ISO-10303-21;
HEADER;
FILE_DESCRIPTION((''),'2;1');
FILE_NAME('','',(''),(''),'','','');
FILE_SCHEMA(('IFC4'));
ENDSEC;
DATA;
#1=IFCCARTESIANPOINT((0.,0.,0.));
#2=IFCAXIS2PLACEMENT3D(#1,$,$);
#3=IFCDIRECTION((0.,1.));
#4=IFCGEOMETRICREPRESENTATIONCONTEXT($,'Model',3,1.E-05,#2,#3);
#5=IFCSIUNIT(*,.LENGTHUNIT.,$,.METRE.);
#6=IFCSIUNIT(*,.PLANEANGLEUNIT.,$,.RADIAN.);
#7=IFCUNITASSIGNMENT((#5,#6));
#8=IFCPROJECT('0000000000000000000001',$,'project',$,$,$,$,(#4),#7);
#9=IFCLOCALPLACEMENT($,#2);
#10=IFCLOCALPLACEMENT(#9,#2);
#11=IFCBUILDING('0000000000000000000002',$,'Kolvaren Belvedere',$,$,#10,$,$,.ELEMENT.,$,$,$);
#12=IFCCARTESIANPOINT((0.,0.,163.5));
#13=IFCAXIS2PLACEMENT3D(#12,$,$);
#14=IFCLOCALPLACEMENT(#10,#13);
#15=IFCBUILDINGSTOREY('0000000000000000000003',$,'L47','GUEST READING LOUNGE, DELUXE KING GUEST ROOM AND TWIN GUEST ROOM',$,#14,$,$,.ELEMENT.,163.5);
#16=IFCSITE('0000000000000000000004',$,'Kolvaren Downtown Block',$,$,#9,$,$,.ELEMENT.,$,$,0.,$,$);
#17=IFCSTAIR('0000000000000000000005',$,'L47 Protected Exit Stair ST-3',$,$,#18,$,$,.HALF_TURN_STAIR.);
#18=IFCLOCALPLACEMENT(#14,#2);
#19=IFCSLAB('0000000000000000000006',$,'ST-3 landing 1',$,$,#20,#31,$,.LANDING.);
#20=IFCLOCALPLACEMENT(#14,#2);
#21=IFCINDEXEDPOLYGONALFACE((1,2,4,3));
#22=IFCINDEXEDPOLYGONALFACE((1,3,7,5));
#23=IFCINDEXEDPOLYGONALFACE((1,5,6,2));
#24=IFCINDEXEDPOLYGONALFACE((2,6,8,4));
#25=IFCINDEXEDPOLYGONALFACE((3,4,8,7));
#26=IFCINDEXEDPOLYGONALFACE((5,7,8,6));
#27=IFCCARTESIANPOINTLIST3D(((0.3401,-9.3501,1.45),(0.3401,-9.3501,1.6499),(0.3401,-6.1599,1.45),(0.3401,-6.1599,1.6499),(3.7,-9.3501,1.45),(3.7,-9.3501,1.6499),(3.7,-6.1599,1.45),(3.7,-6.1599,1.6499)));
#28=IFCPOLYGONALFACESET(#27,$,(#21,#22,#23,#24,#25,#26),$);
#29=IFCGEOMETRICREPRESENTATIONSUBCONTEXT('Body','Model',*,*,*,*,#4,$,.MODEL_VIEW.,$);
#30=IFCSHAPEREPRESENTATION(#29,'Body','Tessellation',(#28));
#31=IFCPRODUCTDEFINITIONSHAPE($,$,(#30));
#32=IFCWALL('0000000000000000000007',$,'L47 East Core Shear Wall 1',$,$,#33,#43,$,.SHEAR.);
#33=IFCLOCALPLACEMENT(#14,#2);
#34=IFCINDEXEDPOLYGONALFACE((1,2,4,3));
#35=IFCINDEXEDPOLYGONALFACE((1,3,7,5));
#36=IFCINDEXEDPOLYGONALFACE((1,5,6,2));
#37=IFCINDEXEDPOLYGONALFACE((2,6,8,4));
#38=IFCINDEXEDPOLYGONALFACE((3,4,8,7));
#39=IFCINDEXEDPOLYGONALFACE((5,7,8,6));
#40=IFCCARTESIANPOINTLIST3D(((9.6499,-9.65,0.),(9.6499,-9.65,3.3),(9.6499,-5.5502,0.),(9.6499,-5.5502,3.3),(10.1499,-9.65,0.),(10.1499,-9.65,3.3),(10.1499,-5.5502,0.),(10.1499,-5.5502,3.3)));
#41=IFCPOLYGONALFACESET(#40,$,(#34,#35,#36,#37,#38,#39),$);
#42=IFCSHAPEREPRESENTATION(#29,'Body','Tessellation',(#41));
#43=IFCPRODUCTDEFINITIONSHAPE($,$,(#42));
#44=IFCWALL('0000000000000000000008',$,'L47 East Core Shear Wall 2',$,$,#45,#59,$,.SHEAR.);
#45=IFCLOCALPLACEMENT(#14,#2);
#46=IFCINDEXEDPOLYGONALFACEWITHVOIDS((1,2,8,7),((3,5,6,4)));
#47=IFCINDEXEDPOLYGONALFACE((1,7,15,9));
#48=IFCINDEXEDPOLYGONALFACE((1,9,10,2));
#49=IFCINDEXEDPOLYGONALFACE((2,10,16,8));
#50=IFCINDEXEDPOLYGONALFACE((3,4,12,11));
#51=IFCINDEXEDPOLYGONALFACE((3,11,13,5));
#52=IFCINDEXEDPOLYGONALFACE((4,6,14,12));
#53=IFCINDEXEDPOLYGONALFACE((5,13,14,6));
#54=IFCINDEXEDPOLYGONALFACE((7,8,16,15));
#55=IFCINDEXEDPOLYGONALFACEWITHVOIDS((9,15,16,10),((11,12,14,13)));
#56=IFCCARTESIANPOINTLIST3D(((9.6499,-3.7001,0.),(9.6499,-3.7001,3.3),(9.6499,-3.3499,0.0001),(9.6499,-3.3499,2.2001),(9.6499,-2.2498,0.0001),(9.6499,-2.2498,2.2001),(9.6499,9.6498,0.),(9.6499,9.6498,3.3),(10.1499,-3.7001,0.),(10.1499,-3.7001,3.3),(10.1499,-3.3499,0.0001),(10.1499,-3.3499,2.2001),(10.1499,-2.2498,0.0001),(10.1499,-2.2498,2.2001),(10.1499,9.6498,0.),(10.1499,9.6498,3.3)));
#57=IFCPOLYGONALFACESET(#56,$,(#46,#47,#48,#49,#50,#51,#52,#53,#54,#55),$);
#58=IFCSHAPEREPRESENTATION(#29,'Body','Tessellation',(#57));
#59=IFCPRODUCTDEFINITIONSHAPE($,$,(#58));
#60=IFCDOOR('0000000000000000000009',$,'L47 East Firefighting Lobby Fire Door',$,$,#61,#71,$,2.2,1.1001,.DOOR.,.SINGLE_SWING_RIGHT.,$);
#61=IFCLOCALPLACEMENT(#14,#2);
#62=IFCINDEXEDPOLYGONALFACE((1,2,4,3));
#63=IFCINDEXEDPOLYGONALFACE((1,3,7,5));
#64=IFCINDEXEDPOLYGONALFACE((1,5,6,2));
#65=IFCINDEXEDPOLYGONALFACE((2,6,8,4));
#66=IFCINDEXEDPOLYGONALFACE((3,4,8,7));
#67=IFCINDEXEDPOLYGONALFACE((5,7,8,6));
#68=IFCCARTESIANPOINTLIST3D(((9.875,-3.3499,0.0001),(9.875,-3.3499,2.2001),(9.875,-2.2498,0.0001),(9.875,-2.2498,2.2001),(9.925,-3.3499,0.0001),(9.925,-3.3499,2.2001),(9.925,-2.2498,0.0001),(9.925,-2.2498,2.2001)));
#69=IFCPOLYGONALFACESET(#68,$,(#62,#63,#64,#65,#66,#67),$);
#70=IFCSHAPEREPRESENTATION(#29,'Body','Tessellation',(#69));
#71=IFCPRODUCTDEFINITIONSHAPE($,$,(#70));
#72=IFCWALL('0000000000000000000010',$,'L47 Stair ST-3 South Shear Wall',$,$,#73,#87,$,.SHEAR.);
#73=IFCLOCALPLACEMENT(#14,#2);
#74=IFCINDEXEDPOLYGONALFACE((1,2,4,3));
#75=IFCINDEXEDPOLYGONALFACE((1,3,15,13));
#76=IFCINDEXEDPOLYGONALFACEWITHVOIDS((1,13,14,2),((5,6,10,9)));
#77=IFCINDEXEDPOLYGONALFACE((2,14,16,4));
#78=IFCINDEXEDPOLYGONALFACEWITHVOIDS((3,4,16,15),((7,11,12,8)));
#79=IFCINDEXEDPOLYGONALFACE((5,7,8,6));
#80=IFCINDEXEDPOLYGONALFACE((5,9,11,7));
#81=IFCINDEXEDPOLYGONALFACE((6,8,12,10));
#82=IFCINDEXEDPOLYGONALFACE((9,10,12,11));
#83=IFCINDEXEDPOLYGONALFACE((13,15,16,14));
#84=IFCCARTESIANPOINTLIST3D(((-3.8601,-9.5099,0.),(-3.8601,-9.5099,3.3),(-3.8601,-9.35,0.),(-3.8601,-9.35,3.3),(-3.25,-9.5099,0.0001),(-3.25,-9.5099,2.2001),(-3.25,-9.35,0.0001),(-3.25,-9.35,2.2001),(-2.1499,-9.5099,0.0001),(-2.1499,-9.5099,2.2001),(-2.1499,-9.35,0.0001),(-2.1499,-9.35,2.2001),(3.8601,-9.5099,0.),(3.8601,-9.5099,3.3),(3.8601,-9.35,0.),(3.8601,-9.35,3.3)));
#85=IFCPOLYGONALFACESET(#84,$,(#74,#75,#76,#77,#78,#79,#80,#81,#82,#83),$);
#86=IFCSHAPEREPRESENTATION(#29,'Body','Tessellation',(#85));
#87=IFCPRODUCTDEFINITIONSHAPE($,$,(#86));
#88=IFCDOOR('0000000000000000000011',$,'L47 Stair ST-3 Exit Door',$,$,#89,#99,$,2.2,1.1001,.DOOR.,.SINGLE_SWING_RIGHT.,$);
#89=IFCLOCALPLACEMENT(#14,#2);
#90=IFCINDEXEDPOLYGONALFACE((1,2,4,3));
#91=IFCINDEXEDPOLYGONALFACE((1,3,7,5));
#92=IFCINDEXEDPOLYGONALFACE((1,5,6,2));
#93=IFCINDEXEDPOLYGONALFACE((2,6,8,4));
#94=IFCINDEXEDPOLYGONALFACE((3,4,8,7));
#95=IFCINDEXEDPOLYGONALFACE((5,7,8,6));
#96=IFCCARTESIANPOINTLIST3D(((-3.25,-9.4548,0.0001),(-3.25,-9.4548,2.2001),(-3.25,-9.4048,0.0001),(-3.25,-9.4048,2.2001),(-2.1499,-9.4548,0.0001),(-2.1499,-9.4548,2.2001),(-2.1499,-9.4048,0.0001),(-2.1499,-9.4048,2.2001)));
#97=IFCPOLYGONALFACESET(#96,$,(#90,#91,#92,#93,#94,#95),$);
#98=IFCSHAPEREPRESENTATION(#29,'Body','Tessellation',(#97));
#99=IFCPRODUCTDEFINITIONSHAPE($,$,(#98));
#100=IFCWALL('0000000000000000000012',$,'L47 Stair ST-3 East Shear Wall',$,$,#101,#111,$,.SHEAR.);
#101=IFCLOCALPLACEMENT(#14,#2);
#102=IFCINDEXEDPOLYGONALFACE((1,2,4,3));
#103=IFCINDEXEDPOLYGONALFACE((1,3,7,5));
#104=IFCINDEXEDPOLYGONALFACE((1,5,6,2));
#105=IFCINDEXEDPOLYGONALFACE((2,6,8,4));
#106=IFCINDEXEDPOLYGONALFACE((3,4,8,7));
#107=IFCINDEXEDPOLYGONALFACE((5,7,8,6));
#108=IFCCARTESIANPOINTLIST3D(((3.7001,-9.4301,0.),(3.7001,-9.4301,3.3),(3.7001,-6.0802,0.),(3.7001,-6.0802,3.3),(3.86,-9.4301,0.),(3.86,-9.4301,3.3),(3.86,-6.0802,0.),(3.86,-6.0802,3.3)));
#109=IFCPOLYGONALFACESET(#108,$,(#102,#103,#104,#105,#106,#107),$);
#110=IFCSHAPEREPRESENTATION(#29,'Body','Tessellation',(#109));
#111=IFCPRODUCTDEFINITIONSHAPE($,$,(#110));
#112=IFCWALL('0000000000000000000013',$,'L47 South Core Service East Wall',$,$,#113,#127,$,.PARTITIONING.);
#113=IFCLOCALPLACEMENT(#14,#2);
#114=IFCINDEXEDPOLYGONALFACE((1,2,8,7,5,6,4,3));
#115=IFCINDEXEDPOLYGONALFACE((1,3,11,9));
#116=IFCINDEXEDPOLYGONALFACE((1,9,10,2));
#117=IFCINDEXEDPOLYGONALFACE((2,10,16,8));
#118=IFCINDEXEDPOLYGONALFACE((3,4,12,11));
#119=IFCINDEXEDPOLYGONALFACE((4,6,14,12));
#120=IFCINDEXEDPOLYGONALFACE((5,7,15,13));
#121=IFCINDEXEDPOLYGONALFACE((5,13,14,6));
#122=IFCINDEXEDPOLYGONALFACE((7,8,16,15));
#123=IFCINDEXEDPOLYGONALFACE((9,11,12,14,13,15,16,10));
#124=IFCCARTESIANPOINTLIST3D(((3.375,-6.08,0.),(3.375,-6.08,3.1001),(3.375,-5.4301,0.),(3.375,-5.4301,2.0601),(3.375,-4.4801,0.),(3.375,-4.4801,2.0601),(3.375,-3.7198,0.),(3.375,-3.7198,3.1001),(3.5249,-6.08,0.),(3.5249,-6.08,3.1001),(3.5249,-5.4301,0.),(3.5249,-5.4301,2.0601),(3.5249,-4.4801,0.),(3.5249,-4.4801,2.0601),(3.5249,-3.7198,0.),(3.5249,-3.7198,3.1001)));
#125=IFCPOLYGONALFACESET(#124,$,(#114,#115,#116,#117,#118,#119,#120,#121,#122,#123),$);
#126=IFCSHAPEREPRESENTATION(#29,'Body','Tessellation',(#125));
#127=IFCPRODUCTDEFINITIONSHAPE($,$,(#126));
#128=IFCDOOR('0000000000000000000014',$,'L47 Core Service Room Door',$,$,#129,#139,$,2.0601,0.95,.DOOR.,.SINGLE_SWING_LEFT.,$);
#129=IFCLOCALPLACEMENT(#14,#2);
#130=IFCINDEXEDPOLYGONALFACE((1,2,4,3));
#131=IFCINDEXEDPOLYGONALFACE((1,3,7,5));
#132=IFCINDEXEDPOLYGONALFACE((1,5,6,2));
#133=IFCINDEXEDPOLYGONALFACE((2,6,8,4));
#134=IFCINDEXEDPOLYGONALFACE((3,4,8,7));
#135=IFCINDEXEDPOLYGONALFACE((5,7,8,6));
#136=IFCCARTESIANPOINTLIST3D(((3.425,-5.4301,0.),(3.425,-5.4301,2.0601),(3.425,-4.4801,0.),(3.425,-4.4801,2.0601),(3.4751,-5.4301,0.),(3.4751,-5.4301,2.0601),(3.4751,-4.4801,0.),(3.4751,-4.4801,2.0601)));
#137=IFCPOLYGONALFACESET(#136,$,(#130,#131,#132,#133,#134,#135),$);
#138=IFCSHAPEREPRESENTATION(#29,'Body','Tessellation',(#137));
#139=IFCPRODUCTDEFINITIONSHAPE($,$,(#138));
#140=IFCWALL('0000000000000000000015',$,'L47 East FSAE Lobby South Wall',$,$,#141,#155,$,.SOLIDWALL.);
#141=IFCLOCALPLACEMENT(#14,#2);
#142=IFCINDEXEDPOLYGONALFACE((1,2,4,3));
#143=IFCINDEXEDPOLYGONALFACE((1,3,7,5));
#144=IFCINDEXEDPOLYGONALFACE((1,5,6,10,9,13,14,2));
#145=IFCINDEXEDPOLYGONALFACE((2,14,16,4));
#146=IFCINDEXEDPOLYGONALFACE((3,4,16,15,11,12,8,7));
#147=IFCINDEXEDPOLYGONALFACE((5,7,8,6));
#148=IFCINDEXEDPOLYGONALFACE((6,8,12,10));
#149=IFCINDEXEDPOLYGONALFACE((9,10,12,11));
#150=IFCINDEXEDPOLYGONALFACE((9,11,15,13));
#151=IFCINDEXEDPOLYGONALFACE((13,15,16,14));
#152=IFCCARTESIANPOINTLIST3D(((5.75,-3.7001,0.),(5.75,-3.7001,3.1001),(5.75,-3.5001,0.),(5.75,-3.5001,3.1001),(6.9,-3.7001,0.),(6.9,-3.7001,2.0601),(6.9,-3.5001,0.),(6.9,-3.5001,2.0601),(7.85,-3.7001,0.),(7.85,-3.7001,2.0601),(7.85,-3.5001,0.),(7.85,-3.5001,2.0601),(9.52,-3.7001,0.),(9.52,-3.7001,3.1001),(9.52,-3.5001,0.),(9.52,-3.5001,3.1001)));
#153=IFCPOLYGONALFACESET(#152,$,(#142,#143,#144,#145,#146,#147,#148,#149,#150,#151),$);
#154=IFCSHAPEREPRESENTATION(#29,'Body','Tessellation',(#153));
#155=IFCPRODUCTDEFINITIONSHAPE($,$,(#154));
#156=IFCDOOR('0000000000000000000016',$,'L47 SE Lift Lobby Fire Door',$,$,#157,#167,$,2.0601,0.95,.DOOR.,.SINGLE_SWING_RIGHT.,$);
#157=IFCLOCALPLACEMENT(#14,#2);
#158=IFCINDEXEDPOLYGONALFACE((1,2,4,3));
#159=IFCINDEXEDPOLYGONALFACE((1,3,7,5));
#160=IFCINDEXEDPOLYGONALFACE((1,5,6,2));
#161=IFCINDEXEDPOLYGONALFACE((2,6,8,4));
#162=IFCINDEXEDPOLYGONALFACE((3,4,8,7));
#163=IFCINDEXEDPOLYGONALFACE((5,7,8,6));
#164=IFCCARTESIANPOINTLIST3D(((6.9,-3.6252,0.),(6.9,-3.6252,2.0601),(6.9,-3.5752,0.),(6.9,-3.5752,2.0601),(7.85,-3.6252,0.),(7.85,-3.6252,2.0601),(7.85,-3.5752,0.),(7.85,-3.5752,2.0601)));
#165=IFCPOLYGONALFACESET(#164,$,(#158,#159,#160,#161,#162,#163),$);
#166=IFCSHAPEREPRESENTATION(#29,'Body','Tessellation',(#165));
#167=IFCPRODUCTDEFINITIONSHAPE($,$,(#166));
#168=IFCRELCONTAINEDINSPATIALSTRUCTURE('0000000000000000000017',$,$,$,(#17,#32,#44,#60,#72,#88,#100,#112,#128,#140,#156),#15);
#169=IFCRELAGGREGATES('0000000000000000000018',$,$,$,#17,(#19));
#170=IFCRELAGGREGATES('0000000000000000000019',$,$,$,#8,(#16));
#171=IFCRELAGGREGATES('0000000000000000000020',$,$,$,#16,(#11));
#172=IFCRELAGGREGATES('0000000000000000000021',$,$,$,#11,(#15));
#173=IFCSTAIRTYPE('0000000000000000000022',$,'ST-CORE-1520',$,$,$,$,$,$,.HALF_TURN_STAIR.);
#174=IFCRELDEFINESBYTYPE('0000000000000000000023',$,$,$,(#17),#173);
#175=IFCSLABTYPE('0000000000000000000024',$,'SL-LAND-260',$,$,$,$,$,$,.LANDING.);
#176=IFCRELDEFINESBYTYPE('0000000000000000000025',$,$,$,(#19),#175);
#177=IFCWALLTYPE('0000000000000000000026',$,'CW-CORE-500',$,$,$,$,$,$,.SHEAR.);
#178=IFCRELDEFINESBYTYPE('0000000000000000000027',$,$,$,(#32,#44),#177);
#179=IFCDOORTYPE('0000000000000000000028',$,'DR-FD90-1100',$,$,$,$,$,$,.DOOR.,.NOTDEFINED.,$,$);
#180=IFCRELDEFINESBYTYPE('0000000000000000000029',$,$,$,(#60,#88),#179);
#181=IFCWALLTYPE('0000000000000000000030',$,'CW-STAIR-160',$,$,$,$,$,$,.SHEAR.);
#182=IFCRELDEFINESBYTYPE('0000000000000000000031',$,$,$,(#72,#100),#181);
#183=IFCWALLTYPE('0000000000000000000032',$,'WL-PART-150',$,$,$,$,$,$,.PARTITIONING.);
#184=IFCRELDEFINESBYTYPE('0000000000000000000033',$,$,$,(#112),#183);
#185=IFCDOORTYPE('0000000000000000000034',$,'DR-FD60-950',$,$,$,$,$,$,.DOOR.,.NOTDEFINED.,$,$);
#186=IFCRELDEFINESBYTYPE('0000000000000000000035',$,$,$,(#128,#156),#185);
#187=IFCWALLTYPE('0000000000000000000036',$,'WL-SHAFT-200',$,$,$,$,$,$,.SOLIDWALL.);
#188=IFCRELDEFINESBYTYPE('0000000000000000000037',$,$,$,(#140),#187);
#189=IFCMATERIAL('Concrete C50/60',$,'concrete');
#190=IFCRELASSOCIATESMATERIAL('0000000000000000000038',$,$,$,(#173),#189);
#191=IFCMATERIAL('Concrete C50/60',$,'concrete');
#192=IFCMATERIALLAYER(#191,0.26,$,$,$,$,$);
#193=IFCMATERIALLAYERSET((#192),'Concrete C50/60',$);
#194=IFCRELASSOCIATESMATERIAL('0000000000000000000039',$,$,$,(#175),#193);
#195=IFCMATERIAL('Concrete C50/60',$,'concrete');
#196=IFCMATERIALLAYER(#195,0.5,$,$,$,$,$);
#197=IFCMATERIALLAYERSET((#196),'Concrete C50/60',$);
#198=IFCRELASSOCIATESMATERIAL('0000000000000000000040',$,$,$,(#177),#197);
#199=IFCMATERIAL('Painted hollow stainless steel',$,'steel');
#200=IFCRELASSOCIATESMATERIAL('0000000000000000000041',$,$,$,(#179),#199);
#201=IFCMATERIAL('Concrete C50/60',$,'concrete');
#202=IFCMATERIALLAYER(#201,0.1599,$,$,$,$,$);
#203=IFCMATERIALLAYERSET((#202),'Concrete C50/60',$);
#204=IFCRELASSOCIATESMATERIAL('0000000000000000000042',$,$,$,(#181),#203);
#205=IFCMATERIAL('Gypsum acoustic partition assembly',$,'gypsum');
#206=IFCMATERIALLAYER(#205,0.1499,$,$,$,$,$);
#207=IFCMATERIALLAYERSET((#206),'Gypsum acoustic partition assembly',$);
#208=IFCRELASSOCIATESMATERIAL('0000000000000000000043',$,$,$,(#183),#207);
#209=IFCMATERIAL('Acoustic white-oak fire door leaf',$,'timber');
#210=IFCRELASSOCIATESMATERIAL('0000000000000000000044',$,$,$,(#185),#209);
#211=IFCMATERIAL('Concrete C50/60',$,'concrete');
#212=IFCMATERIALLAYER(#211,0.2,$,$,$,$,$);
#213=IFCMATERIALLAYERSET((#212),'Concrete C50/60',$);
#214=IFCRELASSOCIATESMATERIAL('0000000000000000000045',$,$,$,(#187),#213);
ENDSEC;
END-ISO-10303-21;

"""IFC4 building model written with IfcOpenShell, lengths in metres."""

from ifc_helpers import new_model, si_unit, direction, frame, frame_2d, origin, place, context, subcontext, project, spatial, polyline, rectangle, outline, extrude, material, layer, layer_set, type_object, element, fill, aggregate, save


model = new_model("IFC4")

# Units and contexts
model_context = context("Model", 3, precision=1e-05, world=origin(), true_north=direction((0.0, 1.0)))
body_context = subcontext(model_context, "Body", "Model", "MODEL_VIEW")
ifc_project = project(units=[si_unit("LENGTHUNIT", "METRE"), si_unit("PLANEANGLEUNIT", "RADIAN")], contexts=[model_context])

# Site, building, storey
site_placement = place(None, origin())
site = spatial("IfcSite", under=ifc_project, at=site_placement, Name="Kolvaren Downtown Block", CompositionType="ELEMENT", RefElevation=0.0)
building_placement = place(site_placement, origin())
building = spatial("IfcBuilding", under=site, at=building_placement, Name="Kolvaren Belvedere", CompositionType="ELEMENT")
storey_placement = place(building_placement, frame((0.0, 0.0, 163.5)))
storey = spatial("IfcBuildingStorey", under=building, at=storey_placement, Name="L47", Description="GUEST READING LOUNGE, DELUXE KING GUEST ROOM AND TWIN GUEST ROOM", CompositionType="ELEMENT", Elevation=163.5)

# Stair, slab
ifc_material_1 = material(Name="Concrete C50/60", Category="concrete")
stair_type = type_object("IfcStairType", Name="ST-CORE-1520", PredefinedType="HALF_TURN_STAIR", material=ifc_material_1)
ifc_material_2 = material(Name="Concrete C50/60", Category="concrete")
ifc_layer_1 = layer(ifc_material_2, 0.26)
ifc_layer_set_1 = layer_set([ifc_layer_1], Name="Concrete C50/60")
slab_type = type_object("IfcSlabType", Name="SL-LAND-260", PredefinedType="LANDING", material=ifc_layer_set_1)
stair_1_placement = place(storey_placement, origin())
stair_1 = element("IfcStair", 1, at=stair_1_placement, inside=storey, type_object=stair_type, Name="L47 Protected Exit Stair ST-3", PredefinedType="HALF_TURN_STAIR")
slab_1_placement = place(storey_placement, frame((0.0, 0.0, 1.45)))
slab_1 = element("IfcSlab", 2, at=slab_1_placement, type_object=slab_type, Name="ST-3 landing 1", PredefinedType="LANDING", context=body_context, shape_type="SweptSolid", body=[
    extrude(outline(polyline([(0.3401, -9.3501), (3.7, -9.3501), (3.7, -6.1599), (0.3401, -6.1599), (0.3401, -9.3501)])), origin(), (0.0, 0.0, 1.0), 0.2),
])

# Wall
ifc_material_3 = material(Name="Concrete C50/60", Category="concrete")
ifc_layer_2 = layer(ifc_material_3, 0.5)
ifc_layer_set_2 = layer_set([ifc_layer_2], Name="Concrete C50/60")
wall_type_1 = type_object("IfcWallType", Name="CW-CORE-500", PredefinedType="SHEAR", material=ifc_layer_set_2)
wall_1_placement = place(storey_placement, frame((9.8999, -9.6499, 0.0), z_axis=(0.0, 0.0, 1.0), x_axis=(0.0, 1.0, 0.0)))
element("IfcWall", 3, at=wall_1_placement, inside=storey, type_object=wall_type_1, Name="L47 East Core Shear Wall 1", PredefinedType="SHEAR", context=body_context, shape_type="SweptSolid", body=[
    extrude(rectangle(XDim=4.0999, YDim=0.5, at=frame_2d((2.0498, 0.0))), origin(), (0.0, 0.0, 1.0), 3.3),
])

# Walls, openings, doors
wall_2_placement = place(storey_placement, frame((9.8999, -3.7, 0.0), z_axis=(0.0, 0.0, 1.0), x_axis=(0.0, 1.0, 0.0)))
wall_2 = element("IfcWall", 4, at=wall_2_placement, inside=storey, type_object=wall_type_1, Name="L47 East Core Shear Wall 2", PredefinedType="SHEAR", context=body_context, shape_type="SweptSolid", body=[
    extrude(rectangle(XDim=13.3499, YDim=0.5, at=frame_2d((6.6748, 0.0))), origin(), (0.0, 0.0, 1.0), 3.3),
])
opening_1_placement = place(wall_2_placement, frame((0.3501, 0.0, 0.0)))
opening_1 = element("IfcOpeningElement", 5, at=opening_1_placement, cuts=wall_2, PredefinedType="OPENING", context=body_context, shape_type="SweptSolid", body=[
    extrude(rectangle(XDim=1.1001, YDim=2.2, at=frame_2d((0.55, 1.1001))), frame((0.0, 0.26, 0.0), z_axis=(0.0, -1.0, 0.0), x_axis=(1.0, 0.0, 0.0)), (0.0, 0.0, 1.0), 0.52),
])
ifc_material_4 = material(Name="Painted hollow stainless steel", Category="steel")
door_type_1 = type_object("IfcDoorType", Name="DR-FD90-1100", OperationType="NOTDEFINED", PredefinedType="DOOR", material=ifc_material_4)
door_1_placement = place(opening_1_placement, origin())
door_1 = element("IfcDoor", 6, at=door_1_placement, inside=storey, type_object=door_type_1, Name="L47 East Firefighting Lobby Fire Door", OperationType="SINGLE_SWING_RIGHT", OverallHeight=2.2, OverallWidth=1.1001, PredefinedType="DOOR", context=body_context, shape_type="SweptSolid", body=[
    extrude(rectangle(XDim=1.1001, YDim=2.2, at=frame_2d((0.55, 1.1001))), frame((0.0, 0.0249, 0.0), z_axis=(0.0, -1.0, 0.0), x_axis=(1.0, 0.0, 0.0)), (0.0, 0.0, 1.0), 0.05),
])
fill(opening_1, door_1)
ifc_material_5 = material(Name="Concrete C50/60", Category="concrete")
ifc_layer_3 = layer(ifc_material_5, 0.1599)
ifc_layer_set_3 = layer_set([ifc_layer_3], Name="Concrete C50/60")
wall_type_2 = type_object("IfcWallType", Name="CW-STAIR-160", PredefinedType="SHEAR", material=ifc_layer_set_3)
wall_3_placement = place(storey_placement, frame((3.8601, -9.4299, 0.0), z_axis=(0.0, 0.0, 1.0), x_axis=(-1.0, 0.0, 0.0)))
wall_3 = element("IfcWall", 7, at=wall_3_placement, inside=storey, type_object=wall_type_2, Name="L47 Stair ST-3 South Shear Wall", PredefinedType="SHEAR", context=body_context, shape_type="SweptSolid", body=[
    extrude(rectangle(XDim=7.7202, YDim=0.1599, at=frame_2d((3.8601, 0.0))), origin(), (0.0, 0.0, 1.0), 3.3),
])
opening_2_placement = place(wall_3_placement, frame((6.01, 0.0, 0.0)))
opening_2 = element("IfcOpeningElement", 8, at=opening_2_placement, cuts=wall_3, PredefinedType="OPENING", context=body_context, shape_type="SweptSolid", body=[
    extrude(rectangle(XDim=1.1001, YDim=2.2, at=frame_2d((0.55, 1.1001))), frame((0.0, 0.0898, 0.0), z_axis=(0.0, -1.0, 0.0), x_axis=(1.0, 0.0, 0.0)), (0.0, 0.0, 1.0), 0.1799),
])
door_2_placement = place(opening_2_placement, origin())
door_2 = element("IfcDoor", 9, at=door_2_placement, inside=storey, type_object=door_type_1, Name="L47 Stair ST-3 Exit Door", OperationType="SINGLE_SWING_RIGHT", OverallHeight=2.2, OverallWidth=1.1001, PredefinedType="DOOR", context=body_context, shape_type="SweptSolid", body=[
    extrude(rectangle(XDim=1.1001, YDim=2.2, at=frame_2d((0.55, 1.1001))), frame((0.0, 0.0249, 0.0), z_axis=(0.0, -1.0, 0.0), x_axis=(1.0, 0.0, 0.0)), (0.0, 0.0, 1.0), 0.05),
])
fill(opening_2, door_2)

# Wall
wall_4_placement = place(storey_placement, frame((3.78, -9.4299, 0.0), z_axis=(0.0, 0.0, 1.0), x_axis=(0.0, 1.0, 0.0)))
element("IfcWall", 10, at=wall_4_placement, inside=storey, type_object=wall_type_2, Name="L47 Stair ST-3 East Shear Wall", PredefinedType="SHEAR", context=body_context, shape_type="SweptSolid", body=[
    extrude(rectangle(XDim=3.3499, YDim=0.1599, at=frame_2d((1.6748, 0.0))), origin(), (0.0, 0.0, 1.0), 3.3),
])

# Walls, openings, doors
ifc_material_6 = material(Name="Gypsum acoustic partition assembly", Category="gypsum")
ifc_layer_4 = layer(ifc_material_6, 0.1499)
ifc_layer_set_4 = layer_set([ifc_layer_4], Name="Gypsum acoustic partition assembly")
wall_type_3 = type_object("IfcWallType", Name="WL-PART-150", PredefinedType="PARTITIONING", material=ifc_layer_set_4)
wall_5_placement = place(storey_placement, frame((3.45, -6.0801, 0.0), z_axis=(0.0, 0.0, 1.0), x_axis=(0.0, 1.0, 0.0)))
wall_5 = element("IfcWall", 11, at=wall_5_placement, inside=storey, type_object=wall_type_3, Name="L47 South Core Service East Wall", PredefinedType="PARTITIONING", context=body_context, shape_type="SweptSolid", body=[
    extrude(rectangle(XDim=2.3601, YDim=0.1499, at=frame_2d((1.1802, 0.0))), origin(), (0.0, 0.0, 1.0), 3.1001),
])
opening_3_placement = place(wall_5_placement, frame((0.6499, 0.0, 0.0)))
opening_3 = element("IfcOpeningElement", 12, at=opening_3_placement, cuts=wall_5, PredefinedType="OPENING", context=body_context, shape_type="SweptSolid", body=[
    extrude(rectangle(XDim=0.95, YDim=2.0601, at=frame_2d((0.4751, 1.03))), frame((0.0, 0.085, 0.0), z_axis=(0.0, -1.0, 0.0), x_axis=(1.0, 0.0, 0.0)), (0.0, 0.0, 1.0), 0.1699),
])
ifc_material_7 = material(Name="Acoustic white-oak fire door leaf", Category="timber")
door_type_2 = type_object("IfcDoorType", Name="DR-FD60-950", OperationType="NOTDEFINED", PredefinedType="DOOR", material=ifc_material_7)
door_3_placement = place(opening_3_placement, origin())
door_3 = element("IfcDoor", 13, at=door_3_placement, inside=storey, type_object=door_type_2, Name="L47 Core Service Room Door", OperationType="SINGLE_SWING_LEFT", OverallHeight=2.0601, OverallWidth=0.95, PredefinedType="DOOR", context=body_context, shape_type="SweptSolid", body=[
    extrude(rectangle(XDim=0.95, YDim=2.0601, at=frame_2d((0.4751, 1.03))), frame((0.0, 0.0249, 0.0), z_axis=(0.0, -1.0, 0.0), x_axis=(1.0, 0.0, 0.0)), (0.0, 0.0, 1.0), 0.05),
])
fill(opening_3, door_3)
ifc_material_8 = material(Name="Concrete C50/60", Category="concrete")
ifc_layer_5 = layer(ifc_material_8, 0.2)
ifc_layer_set_5 = layer_set([ifc_layer_5], Name="Concrete C50/60")
wall_type_4 = type_object("IfcWallType", Name="WL-SHAFT-200", PredefinedType="SOLIDWALL", material=ifc_layer_set_5)
wall_6_placement = place(storey_placement, frame((5.75, -3.6001, 0.0), z_axis=(0.0, 0.0, 1.0), x_axis=(1.0, 0.0, 0.0)))
wall_6 = element("IfcWall", 14, at=wall_6_placement, inside=storey, type_object=wall_type_4, Name="L47 East FSAE Lobby South Wall", PredefinedType="SOLIDWALL", context=body_context, shape_type="SweptSolid", body=[
    extrude(rectangle(XDim=3.77, YDim=0.2, at=frame_2d((1.885, 0.0))), origin(), (0.0, 0.0, 1.0), 3.1001),
])
opening_4_placement = place(wall_6_placement, frame((1.1499, 0.0, 0.0)))
opening_4 = element("IfcOpeningElement", 15, at=opening_4_placement, cuts=wall_6, PredefinedType="OPENING", context=body_context, shape_type="SweptSolid", body=[
    extrude(rectangle(XDim=0.95, YDim=2.0601, at=frame_2d((0.4751, 1.03))), frame((0.0, 0.1099, 0.0), z_axis=(0.0, -1.0, 0.0), x_axis=(1.0, 0.0, 0.0)), (0.0, 0.0, 1.0), 0.22),
])
door_4_placement = place(opening_4_placement, origin())
door_4 = element("IfcDoor", 16, at=door_4_placement, inside=storey, type_object=door_type_2, Name="L47 SE Lift Lobby Fire Door", OperationType="SINGLE_SWING_RIGHT", OverallHeight=2.0601, OverallWidth=0.95, PredefinedType="DOOR", context=body_context, shape_type="SweptSolid", body=[
    extrude(rectangle(XDim=0.95, YDim=2.0601, at=frame_2d((0.4751, 1.03))), frame((0.0, 0.0249, 0.0), z_axis=(0.0, -1.0, 0.0), x_axis=(1.0, 0.0, 0.0)), (0.0, 0.0, 1.0), 0.05),
])
fill(opening_4, door_4)

aggregate(stair_1, [slab_1])

save(model, "model.ifc")
